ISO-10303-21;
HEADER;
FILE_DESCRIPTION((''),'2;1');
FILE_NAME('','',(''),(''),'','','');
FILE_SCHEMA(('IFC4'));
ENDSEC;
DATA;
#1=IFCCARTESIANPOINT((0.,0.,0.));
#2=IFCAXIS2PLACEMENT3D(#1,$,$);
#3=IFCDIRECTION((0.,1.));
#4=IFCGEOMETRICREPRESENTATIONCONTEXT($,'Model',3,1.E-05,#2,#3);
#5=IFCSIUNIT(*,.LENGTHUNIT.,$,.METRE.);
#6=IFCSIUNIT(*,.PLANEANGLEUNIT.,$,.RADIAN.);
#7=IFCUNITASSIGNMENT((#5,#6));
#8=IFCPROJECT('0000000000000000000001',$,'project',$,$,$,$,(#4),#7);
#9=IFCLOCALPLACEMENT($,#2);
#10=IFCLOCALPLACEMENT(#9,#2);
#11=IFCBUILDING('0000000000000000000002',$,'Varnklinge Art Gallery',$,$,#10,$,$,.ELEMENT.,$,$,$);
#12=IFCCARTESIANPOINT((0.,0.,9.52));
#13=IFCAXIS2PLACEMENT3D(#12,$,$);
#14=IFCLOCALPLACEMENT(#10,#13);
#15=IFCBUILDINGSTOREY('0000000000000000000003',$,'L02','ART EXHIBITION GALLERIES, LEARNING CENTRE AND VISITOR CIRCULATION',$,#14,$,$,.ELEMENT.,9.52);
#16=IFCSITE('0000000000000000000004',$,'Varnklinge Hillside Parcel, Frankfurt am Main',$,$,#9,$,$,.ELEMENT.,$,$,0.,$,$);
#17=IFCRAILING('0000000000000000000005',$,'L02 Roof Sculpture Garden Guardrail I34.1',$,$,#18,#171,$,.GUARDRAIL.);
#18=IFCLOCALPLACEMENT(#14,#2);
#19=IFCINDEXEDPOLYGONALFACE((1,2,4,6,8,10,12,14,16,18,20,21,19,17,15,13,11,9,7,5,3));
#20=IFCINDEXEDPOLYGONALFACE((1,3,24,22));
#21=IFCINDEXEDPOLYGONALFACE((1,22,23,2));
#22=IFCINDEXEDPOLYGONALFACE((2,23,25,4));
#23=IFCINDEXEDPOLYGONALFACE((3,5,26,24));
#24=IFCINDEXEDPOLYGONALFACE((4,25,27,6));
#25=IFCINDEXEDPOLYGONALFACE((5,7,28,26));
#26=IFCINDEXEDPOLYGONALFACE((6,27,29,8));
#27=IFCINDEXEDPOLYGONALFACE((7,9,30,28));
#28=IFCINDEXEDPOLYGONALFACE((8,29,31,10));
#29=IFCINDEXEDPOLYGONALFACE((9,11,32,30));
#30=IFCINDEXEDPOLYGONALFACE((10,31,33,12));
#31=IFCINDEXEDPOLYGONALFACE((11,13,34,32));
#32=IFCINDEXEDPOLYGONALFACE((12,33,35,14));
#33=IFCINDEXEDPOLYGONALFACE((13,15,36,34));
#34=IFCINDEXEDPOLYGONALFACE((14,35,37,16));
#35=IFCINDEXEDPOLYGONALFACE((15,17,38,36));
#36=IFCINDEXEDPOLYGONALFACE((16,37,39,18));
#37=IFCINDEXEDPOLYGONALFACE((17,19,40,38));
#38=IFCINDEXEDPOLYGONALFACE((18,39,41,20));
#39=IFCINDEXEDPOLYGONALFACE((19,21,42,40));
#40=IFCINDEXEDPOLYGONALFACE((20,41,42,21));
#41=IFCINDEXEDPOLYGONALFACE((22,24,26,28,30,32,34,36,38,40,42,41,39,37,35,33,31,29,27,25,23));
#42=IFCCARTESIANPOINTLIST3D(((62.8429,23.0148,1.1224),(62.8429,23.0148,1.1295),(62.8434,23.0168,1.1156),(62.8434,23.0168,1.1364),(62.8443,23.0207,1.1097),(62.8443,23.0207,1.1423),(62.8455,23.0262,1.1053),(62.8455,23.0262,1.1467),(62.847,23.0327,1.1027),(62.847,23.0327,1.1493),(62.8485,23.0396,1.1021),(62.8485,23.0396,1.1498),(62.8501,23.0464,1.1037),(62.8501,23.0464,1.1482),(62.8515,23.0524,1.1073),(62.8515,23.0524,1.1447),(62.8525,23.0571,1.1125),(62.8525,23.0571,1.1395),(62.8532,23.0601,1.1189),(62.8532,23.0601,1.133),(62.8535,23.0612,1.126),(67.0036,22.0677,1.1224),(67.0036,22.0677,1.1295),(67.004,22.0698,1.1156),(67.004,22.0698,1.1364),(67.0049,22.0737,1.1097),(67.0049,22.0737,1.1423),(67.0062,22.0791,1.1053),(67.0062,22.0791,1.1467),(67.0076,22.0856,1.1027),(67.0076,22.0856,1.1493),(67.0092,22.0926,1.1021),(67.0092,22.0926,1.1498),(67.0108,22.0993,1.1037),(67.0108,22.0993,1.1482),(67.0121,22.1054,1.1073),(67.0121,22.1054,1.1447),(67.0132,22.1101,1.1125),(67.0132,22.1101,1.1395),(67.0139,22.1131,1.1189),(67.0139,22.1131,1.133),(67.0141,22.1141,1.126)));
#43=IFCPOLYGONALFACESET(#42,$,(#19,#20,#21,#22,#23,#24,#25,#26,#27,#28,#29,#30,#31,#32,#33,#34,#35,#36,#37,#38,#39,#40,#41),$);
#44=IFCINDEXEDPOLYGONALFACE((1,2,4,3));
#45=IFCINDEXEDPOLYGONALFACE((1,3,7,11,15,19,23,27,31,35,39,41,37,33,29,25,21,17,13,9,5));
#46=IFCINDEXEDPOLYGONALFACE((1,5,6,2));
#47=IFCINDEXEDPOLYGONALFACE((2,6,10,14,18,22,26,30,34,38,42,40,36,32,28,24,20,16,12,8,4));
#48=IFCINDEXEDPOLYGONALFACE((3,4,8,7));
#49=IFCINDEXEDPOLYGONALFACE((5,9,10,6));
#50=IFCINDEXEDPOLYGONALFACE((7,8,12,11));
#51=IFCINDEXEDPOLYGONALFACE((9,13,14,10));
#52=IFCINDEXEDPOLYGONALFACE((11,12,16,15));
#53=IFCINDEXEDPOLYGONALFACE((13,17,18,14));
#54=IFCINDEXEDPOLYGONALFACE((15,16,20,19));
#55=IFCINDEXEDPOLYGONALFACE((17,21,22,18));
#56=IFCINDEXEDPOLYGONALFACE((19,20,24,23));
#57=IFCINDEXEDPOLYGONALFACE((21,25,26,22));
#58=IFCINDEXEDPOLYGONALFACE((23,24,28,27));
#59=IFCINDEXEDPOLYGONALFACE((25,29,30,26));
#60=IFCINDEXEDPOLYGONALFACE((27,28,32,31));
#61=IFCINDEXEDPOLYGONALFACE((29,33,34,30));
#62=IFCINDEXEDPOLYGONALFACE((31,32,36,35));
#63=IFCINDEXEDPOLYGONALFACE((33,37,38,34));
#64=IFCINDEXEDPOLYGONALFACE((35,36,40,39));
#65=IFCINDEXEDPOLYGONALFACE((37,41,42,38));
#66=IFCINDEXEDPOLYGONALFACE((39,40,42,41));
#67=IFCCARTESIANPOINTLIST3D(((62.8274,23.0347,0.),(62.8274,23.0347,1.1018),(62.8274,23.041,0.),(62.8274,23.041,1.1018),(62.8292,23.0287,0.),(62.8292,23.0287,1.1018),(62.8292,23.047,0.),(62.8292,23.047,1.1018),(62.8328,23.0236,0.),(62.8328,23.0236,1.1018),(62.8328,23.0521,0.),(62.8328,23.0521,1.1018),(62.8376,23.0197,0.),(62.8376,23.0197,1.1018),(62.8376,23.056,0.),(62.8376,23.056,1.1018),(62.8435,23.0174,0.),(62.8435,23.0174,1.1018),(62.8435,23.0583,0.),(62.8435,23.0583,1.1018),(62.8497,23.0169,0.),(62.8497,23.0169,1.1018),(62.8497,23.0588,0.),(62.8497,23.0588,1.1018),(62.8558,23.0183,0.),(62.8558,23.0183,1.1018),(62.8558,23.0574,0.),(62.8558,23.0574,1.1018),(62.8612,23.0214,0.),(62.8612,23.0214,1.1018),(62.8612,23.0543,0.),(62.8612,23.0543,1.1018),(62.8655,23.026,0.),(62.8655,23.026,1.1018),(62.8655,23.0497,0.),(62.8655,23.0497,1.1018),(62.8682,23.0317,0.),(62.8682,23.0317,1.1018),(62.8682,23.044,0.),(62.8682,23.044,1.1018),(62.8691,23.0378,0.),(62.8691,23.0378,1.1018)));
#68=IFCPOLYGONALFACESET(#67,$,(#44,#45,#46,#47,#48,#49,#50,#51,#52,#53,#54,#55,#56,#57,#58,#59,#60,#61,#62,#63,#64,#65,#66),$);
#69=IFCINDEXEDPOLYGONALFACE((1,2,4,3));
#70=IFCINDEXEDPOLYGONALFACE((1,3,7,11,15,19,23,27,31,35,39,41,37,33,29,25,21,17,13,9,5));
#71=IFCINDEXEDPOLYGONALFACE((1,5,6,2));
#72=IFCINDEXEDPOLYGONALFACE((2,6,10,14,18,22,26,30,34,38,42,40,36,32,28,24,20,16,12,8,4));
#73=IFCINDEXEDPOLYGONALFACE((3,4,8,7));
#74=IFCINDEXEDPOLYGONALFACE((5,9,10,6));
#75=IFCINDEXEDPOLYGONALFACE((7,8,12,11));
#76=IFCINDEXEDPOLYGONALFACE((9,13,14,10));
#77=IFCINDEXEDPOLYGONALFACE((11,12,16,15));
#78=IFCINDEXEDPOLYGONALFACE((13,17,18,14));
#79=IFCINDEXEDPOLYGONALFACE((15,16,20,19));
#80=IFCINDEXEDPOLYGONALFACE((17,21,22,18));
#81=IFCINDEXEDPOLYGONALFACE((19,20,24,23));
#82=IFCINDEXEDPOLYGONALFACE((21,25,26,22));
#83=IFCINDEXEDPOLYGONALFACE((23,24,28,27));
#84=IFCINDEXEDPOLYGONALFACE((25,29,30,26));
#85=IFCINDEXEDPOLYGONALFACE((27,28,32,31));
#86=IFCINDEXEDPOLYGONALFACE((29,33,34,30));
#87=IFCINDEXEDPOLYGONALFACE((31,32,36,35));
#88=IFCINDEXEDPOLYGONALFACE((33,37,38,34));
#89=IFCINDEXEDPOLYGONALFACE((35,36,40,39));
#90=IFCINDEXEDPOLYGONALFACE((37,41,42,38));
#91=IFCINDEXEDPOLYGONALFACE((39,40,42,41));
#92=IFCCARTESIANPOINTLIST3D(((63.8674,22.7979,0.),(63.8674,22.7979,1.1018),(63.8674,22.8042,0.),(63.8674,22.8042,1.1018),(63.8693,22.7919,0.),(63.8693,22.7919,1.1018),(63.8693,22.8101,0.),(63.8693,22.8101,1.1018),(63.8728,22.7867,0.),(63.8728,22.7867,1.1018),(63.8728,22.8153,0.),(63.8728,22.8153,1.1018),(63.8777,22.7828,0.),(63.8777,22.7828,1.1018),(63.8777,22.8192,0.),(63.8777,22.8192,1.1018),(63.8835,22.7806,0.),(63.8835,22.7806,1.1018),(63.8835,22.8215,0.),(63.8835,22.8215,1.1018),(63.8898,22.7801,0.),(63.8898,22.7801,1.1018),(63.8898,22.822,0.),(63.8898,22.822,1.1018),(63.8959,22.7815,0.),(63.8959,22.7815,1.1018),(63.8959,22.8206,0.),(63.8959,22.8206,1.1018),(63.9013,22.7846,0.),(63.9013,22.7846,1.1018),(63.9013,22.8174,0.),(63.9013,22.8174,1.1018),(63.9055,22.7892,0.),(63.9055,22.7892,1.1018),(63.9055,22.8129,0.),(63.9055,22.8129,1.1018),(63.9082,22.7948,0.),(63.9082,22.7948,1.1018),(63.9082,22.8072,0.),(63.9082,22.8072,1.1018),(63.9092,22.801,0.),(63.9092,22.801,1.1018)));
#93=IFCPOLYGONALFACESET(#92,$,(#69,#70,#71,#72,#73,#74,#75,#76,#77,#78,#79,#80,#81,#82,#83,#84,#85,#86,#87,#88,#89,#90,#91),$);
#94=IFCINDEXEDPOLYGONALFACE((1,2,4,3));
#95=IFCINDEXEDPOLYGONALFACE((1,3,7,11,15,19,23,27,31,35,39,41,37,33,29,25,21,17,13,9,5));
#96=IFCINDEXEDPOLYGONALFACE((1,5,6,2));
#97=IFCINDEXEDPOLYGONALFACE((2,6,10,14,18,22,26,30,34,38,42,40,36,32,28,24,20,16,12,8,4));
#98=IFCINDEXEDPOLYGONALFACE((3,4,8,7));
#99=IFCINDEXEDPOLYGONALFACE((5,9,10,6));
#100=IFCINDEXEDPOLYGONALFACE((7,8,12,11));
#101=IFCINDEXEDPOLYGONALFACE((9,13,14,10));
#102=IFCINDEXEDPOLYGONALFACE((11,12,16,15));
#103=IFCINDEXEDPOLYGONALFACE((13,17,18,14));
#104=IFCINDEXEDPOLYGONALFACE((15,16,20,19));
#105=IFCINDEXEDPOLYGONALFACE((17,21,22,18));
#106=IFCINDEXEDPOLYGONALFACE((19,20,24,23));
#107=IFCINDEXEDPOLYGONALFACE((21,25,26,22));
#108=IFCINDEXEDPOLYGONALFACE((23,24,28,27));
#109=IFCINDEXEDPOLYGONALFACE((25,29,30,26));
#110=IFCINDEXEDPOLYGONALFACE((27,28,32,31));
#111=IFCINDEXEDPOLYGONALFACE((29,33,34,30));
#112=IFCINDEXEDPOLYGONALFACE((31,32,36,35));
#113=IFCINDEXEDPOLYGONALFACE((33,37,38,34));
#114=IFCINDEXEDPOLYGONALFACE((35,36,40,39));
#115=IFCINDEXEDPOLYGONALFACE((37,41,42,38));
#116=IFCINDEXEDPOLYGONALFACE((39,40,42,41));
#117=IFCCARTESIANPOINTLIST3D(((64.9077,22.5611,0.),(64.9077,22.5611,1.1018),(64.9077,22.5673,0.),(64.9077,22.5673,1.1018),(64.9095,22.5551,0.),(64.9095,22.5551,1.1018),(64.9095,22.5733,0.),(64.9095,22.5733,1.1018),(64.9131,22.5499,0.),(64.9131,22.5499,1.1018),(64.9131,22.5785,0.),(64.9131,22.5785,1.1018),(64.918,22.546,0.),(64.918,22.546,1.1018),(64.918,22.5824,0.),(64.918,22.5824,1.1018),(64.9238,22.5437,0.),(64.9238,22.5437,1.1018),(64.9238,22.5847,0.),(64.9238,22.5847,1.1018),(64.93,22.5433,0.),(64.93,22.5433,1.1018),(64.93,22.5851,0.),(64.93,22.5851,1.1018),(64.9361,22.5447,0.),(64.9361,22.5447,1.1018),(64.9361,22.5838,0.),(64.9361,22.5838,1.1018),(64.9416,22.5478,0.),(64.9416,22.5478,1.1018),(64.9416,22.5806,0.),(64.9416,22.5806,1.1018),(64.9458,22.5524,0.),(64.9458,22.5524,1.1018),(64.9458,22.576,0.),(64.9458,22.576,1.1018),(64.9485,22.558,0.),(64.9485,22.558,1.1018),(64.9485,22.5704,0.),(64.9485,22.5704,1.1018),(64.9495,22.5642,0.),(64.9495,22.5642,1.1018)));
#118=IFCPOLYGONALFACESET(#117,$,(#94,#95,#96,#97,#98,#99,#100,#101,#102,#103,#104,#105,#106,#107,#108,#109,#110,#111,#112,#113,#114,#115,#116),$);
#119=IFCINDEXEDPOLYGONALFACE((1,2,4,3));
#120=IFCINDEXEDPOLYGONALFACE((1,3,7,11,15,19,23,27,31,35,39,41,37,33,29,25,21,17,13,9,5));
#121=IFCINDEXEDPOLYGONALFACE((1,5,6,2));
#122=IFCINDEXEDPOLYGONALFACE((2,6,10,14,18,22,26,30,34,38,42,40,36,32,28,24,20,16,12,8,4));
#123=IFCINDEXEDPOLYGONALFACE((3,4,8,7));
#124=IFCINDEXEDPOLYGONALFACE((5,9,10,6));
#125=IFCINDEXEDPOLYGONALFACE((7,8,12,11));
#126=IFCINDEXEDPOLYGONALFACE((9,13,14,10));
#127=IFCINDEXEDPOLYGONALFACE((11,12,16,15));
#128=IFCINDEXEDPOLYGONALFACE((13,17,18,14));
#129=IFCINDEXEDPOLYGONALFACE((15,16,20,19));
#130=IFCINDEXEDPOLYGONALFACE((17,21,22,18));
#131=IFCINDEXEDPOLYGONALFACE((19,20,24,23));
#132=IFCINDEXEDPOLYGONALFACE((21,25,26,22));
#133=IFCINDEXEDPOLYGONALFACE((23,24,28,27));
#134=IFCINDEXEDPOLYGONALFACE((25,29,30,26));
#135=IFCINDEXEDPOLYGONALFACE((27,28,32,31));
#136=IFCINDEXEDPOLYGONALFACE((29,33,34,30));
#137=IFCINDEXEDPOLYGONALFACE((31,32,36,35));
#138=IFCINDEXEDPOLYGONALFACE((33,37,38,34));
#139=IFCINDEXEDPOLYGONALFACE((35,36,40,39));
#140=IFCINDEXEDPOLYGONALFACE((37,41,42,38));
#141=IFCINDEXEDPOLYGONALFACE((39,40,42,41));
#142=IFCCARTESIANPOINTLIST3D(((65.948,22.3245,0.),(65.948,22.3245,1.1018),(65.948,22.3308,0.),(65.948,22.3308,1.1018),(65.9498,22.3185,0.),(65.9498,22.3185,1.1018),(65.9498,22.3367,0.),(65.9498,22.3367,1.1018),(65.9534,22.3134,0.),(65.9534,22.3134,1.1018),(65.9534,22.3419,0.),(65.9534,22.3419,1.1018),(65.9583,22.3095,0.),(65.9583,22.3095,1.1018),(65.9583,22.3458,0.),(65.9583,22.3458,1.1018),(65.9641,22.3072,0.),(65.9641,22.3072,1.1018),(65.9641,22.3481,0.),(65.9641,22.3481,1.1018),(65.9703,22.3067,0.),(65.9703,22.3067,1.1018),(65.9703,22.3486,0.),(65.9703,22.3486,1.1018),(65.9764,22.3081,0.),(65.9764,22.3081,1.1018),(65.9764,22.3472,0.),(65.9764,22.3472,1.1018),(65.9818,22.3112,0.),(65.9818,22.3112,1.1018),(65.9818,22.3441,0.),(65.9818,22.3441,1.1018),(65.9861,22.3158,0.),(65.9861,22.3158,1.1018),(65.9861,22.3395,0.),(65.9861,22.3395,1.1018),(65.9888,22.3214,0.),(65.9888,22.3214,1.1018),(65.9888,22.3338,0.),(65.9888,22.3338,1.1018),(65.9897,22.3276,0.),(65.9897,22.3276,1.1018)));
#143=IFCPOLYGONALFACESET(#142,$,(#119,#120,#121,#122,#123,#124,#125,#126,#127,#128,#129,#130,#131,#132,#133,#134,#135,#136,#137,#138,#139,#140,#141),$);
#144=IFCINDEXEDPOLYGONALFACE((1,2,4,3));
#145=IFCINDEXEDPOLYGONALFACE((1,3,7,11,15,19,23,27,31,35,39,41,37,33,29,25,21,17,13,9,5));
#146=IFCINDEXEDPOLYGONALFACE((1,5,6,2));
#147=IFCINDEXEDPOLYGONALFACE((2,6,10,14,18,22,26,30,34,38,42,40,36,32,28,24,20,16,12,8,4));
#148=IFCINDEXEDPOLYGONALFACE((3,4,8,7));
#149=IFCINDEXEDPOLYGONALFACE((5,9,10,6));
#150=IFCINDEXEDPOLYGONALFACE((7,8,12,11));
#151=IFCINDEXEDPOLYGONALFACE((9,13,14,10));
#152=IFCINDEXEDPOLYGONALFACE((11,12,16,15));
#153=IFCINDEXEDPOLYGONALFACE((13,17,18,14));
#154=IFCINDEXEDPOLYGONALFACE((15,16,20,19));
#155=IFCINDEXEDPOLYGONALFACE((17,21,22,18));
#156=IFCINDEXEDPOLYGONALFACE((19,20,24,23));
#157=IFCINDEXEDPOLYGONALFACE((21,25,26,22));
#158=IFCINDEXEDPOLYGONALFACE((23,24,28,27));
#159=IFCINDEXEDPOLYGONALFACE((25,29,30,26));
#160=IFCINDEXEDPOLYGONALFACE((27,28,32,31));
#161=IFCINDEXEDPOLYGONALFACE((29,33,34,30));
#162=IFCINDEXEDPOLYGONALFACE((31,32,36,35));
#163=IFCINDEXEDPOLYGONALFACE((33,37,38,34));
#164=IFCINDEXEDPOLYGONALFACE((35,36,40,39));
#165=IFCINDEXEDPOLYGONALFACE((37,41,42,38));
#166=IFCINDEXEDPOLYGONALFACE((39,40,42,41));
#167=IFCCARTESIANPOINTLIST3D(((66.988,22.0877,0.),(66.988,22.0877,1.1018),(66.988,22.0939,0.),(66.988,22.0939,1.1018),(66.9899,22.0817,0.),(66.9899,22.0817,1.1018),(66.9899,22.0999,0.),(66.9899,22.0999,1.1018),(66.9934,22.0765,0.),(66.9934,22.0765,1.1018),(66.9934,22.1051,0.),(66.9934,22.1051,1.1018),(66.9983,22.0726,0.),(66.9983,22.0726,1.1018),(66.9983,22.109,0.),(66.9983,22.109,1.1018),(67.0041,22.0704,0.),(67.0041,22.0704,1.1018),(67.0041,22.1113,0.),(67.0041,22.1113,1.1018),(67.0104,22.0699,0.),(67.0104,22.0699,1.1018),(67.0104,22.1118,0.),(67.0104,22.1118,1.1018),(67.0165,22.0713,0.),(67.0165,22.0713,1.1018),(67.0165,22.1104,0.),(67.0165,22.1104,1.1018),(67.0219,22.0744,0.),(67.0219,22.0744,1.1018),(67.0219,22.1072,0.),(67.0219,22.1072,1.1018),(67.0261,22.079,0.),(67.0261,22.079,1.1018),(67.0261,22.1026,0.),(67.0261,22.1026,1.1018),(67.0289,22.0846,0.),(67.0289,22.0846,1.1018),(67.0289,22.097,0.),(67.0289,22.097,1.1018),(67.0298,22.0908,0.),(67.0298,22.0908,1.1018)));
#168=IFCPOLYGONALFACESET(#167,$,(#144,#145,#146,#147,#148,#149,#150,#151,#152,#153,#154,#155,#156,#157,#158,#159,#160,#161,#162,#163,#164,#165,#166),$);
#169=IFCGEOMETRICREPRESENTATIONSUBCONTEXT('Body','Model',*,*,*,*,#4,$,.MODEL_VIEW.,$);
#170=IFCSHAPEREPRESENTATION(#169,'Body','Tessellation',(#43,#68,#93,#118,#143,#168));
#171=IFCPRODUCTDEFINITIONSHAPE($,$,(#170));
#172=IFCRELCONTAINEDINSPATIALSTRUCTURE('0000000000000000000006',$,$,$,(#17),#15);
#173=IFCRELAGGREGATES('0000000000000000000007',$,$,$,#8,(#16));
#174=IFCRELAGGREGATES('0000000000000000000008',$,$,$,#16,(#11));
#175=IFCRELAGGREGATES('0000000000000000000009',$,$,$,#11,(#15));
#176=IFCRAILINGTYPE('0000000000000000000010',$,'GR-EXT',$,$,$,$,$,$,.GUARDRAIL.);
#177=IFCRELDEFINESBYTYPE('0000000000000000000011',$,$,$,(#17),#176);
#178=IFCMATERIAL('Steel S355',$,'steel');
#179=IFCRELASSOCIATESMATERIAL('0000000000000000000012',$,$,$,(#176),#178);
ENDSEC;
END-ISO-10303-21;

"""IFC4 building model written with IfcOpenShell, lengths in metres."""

from ifc_helpers import new_model, si_unit, direction, frame, origin, origin_2d, place, context, subcontext, project, spatial, circle, extrude, material, type_object, element, save


model = new_model("IFC4")

# Units and contexts
model_context = context("Model", 3, precision=1e-05, world=origin(), true_north=direction((0.0, 1.0)))
body_context = subcontext(model_context, "Body", "Model", "MODEL_VIEW")
ifc_project = project(units=[si_unit("LENGTHUNIT", "METRE"), si_unit("PLANEANGLEUNIT", "RADIAN")], contexts=[model_context])

# Site, building, storey
site_placement = place(None, origin())
site = spatial("IfcSite", under=ifc_project, at=site_placement, Name="Varnklinge Hillside Parcel, Frankfurt am Main", CompositionType="ELEMENT", RefElevation=0.0)
building_placement = place(site_placement, origin())
building = spatial("IfcBuilding", under=site, at=building_placement, Name="Varnklinge Art Gallery", CompositionType="ELEMENT")
storey_placement = place(building_placement, frame((0.0, 0.0, 9.52)))
storey = spatial("IfcBuildingStorey", under=building, at=storey_placement, Name="L02", Description="ART EXHIBITION GALLERIES, LEARNING CENTRE AND VISITOR CIRCULATION", CompositionType="ELEMENT", Elevation=9.52)

# Railing
ifc_material_1 = material(Name="Steel S355", Category="steel")
railing_type = type_object("IfcRailingType", Name="GR-EXT", PredefinedType="GUARDRAIL", material=ifc_material_1)
railing_1_placement = place(storey_placement, frame((62.8481, 23.0378, 0.0)))
element("IfcRailing", 1, at=railing_1_placement, inside=storey, type_object=railing_type, Name="L02 Roof Sculpture Garden Guardrail I34.1", PredefinedType="GUARDRAIL", context=body_context, shape_type="SweptSolid", body=[
    extrude(circle(Radius=0.0239, at=origin_2d()), frame((0.0, 0.0, 1.126), z_axis=(0.975061, -0.221938, 0.0), x_axis=(0.221938, 0.975061, 0.0)), (0.0, 0.0, 1.0), 4.2671),
    extrude(circle(Radius=0.021, at=origin_2d()), origin(), (0.0, 0.0, 1.0), 1.1018),
    extrude(circle(Radius=0.021, at=origin_2d()), frame((1.04, -0.2368, 0.0)), (0.0, 0.0, 1.0), 1.1018),
    extrude(circle(Radius=0.021, at=origin_2d()), frame((2.0803, -0.4736, 0.0)), (0.0, 0.0, 1.0), 1.1018),
    extrude(circle(Radius=0.021, at=origin_2d()), frame((3.1206, -0.7102, 0.0)), (0.0, 0.0, 1.0), 1.1018),
    extrude(circle(Radius=0.021, at=origin_2d()), frame((4.1606, -0.947, 0.0)), (0.0, 0.0, 1.0), 1.1018),
])

save(model, "model.ifc")
